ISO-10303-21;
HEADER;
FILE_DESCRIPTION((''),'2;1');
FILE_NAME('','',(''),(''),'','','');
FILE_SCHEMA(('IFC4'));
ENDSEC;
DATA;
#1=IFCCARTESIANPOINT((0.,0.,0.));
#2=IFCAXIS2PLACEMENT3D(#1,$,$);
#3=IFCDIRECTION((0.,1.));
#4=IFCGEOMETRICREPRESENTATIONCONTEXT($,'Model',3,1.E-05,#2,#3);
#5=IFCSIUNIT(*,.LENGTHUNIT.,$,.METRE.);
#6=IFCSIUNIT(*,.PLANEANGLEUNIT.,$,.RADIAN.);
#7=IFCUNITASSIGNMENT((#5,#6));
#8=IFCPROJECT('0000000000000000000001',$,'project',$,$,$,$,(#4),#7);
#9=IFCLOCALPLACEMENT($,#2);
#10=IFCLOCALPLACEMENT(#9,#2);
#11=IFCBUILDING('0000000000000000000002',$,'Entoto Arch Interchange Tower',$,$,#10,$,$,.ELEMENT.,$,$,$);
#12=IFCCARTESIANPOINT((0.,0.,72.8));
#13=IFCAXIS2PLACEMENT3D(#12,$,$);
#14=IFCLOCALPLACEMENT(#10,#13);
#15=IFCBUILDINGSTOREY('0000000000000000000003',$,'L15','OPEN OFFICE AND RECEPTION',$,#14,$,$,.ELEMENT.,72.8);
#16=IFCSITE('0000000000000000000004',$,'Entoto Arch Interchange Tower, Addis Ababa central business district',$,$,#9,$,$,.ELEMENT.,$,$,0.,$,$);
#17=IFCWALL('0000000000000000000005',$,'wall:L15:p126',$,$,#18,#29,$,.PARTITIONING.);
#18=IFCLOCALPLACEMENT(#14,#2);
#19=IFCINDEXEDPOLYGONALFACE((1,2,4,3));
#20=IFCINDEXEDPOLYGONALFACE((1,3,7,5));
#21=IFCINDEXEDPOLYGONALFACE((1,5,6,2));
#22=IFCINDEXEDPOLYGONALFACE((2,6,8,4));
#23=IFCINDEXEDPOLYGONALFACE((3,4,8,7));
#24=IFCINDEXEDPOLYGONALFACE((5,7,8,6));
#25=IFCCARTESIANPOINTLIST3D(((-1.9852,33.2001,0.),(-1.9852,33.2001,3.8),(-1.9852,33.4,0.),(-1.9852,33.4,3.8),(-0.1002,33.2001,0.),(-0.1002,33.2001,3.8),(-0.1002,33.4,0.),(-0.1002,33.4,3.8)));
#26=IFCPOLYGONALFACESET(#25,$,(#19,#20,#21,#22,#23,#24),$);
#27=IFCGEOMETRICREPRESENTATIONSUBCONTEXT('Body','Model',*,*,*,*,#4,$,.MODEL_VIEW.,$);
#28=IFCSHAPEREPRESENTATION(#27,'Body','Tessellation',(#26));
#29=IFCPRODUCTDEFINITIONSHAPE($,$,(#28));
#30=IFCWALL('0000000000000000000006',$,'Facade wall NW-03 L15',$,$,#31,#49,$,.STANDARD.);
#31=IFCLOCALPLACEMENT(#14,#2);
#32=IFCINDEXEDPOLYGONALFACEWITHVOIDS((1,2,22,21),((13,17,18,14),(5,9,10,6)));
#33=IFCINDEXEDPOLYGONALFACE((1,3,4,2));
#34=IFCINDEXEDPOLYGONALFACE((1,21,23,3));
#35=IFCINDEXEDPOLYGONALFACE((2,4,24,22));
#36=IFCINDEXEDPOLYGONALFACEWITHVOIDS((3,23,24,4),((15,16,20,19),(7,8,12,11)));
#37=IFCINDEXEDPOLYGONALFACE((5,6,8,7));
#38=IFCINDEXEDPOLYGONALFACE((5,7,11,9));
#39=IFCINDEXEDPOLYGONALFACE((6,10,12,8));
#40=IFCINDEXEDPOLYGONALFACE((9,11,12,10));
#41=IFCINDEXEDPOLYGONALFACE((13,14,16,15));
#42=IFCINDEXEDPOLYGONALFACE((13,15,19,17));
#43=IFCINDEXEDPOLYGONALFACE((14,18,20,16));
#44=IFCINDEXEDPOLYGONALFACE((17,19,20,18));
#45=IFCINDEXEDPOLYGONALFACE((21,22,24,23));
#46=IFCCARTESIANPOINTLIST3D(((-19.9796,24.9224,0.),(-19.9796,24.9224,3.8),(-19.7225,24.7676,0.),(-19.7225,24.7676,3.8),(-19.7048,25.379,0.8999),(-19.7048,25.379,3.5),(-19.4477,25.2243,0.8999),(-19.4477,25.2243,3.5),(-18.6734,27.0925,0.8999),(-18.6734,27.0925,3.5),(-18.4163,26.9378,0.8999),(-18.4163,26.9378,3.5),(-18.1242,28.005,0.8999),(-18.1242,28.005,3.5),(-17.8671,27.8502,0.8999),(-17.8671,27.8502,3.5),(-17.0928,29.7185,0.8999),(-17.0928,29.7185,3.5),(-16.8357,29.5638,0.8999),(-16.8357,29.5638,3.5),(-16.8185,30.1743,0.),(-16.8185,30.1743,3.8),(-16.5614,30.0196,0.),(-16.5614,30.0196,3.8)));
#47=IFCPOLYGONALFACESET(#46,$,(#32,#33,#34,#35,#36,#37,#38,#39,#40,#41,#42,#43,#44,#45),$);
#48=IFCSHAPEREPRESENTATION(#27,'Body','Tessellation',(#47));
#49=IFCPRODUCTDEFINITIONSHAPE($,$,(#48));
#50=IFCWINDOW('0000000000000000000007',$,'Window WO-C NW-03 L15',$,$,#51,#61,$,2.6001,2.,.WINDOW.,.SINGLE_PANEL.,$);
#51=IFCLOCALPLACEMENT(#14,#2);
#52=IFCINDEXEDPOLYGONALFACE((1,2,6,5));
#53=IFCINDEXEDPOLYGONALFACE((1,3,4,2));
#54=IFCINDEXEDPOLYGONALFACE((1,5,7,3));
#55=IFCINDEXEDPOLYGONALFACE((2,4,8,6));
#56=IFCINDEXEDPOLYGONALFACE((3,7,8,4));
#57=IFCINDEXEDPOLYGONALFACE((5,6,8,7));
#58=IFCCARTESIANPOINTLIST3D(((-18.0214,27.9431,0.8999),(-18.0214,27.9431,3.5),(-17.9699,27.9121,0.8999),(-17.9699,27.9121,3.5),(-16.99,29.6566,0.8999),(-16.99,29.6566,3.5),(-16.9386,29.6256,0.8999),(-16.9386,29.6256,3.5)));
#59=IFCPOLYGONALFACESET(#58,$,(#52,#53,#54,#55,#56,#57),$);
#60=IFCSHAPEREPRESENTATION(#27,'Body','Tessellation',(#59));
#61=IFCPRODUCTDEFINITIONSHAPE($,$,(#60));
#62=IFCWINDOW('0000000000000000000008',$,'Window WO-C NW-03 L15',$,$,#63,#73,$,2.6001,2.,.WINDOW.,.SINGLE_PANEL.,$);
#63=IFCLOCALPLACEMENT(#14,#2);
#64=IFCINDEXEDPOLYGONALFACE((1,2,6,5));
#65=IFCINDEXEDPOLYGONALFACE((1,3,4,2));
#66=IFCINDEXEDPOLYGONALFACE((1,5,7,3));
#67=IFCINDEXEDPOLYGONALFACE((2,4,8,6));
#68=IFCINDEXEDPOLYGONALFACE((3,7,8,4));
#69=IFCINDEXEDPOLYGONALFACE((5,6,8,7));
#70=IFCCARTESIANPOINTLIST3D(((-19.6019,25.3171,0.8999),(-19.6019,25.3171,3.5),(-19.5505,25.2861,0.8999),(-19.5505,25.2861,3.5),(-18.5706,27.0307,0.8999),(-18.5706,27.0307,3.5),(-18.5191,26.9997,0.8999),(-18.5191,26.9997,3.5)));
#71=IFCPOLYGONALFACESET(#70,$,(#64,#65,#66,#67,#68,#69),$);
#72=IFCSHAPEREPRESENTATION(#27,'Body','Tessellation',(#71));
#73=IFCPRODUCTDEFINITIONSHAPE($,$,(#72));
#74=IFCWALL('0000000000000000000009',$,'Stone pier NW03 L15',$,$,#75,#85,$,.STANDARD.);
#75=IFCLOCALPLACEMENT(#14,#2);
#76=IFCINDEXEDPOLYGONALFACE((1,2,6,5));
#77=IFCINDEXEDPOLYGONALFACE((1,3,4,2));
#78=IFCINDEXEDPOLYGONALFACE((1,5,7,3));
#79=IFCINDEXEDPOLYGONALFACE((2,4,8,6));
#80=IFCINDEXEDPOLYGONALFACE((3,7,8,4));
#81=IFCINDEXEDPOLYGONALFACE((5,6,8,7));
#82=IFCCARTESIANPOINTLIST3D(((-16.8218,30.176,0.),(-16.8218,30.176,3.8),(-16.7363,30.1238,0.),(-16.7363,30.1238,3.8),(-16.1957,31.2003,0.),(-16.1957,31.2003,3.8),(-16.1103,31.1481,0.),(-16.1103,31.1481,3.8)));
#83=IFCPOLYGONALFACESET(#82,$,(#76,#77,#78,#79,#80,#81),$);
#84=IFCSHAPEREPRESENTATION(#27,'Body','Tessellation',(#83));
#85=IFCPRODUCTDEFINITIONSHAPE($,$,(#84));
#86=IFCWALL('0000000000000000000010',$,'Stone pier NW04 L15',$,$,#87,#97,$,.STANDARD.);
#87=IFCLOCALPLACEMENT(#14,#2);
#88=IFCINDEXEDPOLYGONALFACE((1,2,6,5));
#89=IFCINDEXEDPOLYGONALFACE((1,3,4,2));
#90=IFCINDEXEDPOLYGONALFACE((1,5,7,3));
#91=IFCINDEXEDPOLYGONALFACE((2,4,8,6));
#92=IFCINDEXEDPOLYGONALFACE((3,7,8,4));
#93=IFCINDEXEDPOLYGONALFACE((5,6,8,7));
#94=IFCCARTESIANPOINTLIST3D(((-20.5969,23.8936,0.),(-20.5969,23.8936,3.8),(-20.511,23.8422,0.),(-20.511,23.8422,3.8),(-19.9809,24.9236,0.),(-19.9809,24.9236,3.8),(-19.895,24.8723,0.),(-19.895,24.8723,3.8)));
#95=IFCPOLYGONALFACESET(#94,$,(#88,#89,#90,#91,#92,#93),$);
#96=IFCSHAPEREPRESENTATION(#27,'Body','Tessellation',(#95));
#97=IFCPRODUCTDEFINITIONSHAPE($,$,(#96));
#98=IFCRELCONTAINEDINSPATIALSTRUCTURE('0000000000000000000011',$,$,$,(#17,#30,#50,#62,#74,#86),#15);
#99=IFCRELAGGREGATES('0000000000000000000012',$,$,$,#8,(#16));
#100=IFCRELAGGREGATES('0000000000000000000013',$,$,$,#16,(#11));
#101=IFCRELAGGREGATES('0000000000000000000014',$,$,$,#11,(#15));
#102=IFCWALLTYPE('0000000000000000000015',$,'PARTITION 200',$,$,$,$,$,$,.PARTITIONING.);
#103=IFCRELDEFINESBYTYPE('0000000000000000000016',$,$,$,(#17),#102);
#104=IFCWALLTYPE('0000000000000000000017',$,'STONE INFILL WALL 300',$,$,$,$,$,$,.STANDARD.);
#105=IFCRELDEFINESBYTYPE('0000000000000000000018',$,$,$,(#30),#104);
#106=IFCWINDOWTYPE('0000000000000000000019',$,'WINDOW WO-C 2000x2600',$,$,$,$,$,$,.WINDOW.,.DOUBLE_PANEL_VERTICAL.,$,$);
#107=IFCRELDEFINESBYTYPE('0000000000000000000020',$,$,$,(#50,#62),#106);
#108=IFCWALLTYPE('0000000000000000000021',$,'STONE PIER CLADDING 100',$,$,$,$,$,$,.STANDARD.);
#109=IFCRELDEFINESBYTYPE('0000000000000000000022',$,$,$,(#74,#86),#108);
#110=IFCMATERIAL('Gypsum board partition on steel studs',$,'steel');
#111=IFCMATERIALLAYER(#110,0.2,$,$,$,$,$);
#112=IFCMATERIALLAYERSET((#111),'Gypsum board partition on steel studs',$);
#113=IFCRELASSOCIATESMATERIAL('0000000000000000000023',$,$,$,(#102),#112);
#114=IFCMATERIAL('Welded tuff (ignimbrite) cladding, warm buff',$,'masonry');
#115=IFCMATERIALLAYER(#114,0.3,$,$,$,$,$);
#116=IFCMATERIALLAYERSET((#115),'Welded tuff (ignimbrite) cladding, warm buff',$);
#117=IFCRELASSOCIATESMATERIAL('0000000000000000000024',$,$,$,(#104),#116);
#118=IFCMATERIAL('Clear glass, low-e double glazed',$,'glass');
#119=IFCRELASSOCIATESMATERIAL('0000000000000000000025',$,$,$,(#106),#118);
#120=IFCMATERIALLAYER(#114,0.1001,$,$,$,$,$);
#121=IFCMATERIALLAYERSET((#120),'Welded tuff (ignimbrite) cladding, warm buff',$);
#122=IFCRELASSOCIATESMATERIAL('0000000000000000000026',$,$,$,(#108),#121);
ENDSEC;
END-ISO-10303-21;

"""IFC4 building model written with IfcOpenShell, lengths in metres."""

from ifc_helpers import new_model, si_unit, direction, frame, frame_2d, origin, place, context, subcontext, project, spatial, rectangle, extrude, material, layer, layer_set, type_object, element, fill, save


model = new_model("IFC4")

# Units and contexts
model_context = context("Model", 3, precision=1e-05, world=origin(), true_north=direction((0.0, 1.0)))
body_context = subcontext(model_context, "Body", "Model", "MODEL_VIEW")
ifc_project = project(units=[si_unit("LENGTHUNIT", "METRE"), si_unit("PLANEANGLEUNIT", "RADIAN")], contexts=[model_context])

# Site, building, storey
site_placement = place(None, origin())
site = spatial("IfcSite", under=ifc_project, at=site_placement, Name="Entoto Arch Interchange Tower, Addis Ababa central business district", CompositionType="ELEMENT", RefElevation=0.0)
building_placement = place(site_placement, origin())
building = spatial("IfcBuilding", under=site, at=building_placement, Name="Entoto Arch Interchange Tower", CompositionType="ELEMENT")
storey_placement = place(building_placement, frame((0.0, 0.0, 72.8)))
storey = spatial("IfcBuildingStorey", under=building, at=storey_placement, Name="L15", Description="OPEN OFFICE AND RECEPTION", CompositionType="ELEMENT", Elevation=72.8)

# Shared definitions
ifc_material_1 = material(Name="Gypsum board partition on steel studs", Category="steel")
ifc_layer_1 = layer(ifc_material_1, 0.2)
ifc_layer_set_1 = layer_set([ifc_layer_1], Name="Gypsum board partition on steel studs")
wall_type_1 = type_object("IfcWallType", Name="PARTITION 200", PredefinedType="PARTITIONING", material=ifc_layer_set_1)

# Wall
wall_1_placement = place(storey_placement, frame((-1.9851, 33.3, 0.0), z_axis=(0.0, 0.0, 1.0), x_axis=(1.0, 0.0, 0.0)))
element("IfcWall", 1, at=wall_1_placement, inside=storey, type_object=wall_type_1, Name="wall:L15:p126", PredefinedType="PARTITIONING", context=body_context, shape_type="SweptSolid", body=[
    extrude(rectangle(XDim=1.885, YDim=0.2, at=frame_2d((0.9424, 0.0))), origin(), (0.0, 0.0, 1.0), 3.8),
])

# Wall, openings, windows
ifc_material_2 = material(Name="Welded tuff (ignimbrite) cladding, warm buff", Category="masonry")
ifc_layer_2 = layer(ifc_material_2, 0.3)
ifc_layer_set_2 = layer_set([ifc_layer_2], Name="Welded tuff (ignimbrite) cladding, warm buff")
wall_type_2 = type_object("IfcWallType", Name="STONE INFILL WALL 300", PredefinedType="STANDARD", material=ifc_layer_set_2)
wall_2_placement = place(storey_placement, frame((-16.6899, 30.0969, 0.0), z_axis=(0.0, 0.0, 1.0), x_axis=(-0.51569, -0.856775, 0.0)))
wall_2 = element("IfcWall", 2, at=wall_2_placement, inside=storey, type_object=wall_type_2, Name="Facade wall NW-03 L15", PredefinedType="STANDARD", context=body_context, shape_type="SweptSolid", body=[
    extrude(rectangle(XDim=6.1299, YDim=0.3, at=frame_2d((3.0649, 0.0))), origin(), (0.0, 0.0, 1.0), 3.8),
])
opening_1_placement = place(wall_2_placement, frame((0.532, 0.0, 0.8999)))
opening_1 = element("IfcOpeningElement", 3, at=opening_1_placement, cuts=wall_2, PredefinedType="OPENING", context=body_context, shape_type="SweptSolid", body=[
    extrude(rectangle(XDim=2.0, YDim=2.6001, at=frame_2d((1.0, 1.3))), frame((0.0, 0.1602, 0.0), z_axis=(0.0, -1.0, 0.0), x_axis=(1.0, 0.0, 0.0)), (0.0, 0.0, 1.0), 0.3201),
])
opening_2_placement = place(wall_2_placement, frame((3.5969, 0.0, 0.8999)))
opening_2 = element("IfcOpeningElement", 4, at=opening_2_placement, cuts=wall_2, PredefinedType="OPENING", context=body_context, shape_type="SweptSolid", body=[
    extrude(rectangle(XDim=2.0, YDim=2.6001, at=frame_2d((1.0, 1.3))), frame((0.0, 0.1602, 0.0), z_axis=(0.0, -1.0, 0.0), x_axis=(1.0, 0.0, 0.0)), (0.0, 0.0, 1.0), 0.3201),
])
ifc_material_3 = material(Name="Clear glass, low-e double glazed", Category="glass")
window_type = type_object("IfcWindowType", Name="WINDOW WO-C 2000x2600", PartitioningType="DOUBLE_PANEL_VERTICAL", PredefinedType="WINDOW", material=ifc_material_3)
window_1_placement = place(opening_1_placement, origin())
window_1 = element("IfcWindow", 5, at=window_1_placement, inside=storey, type_object=window_type, Name="Window WO-C NW-03 L15", OverallHeight=2.6001, OverallWidth=2.0, PartitioningType="SINGLE_PANEL", PredefinedType="WINDOW", context=body_context, shape_type="SweptSolid", body=[
    extrude(rectangle(XDim=2.0, YDim=2.6001, at=frame_2d((1.0, 1.3))), frame((0.0, 0.03, 0.0), z_axis=(0.0, -1.0, 0.0), x_axis=(1.0, 0.0, 0.0)), (0.0, 0.0, 1.0), 0.0601),
])
fill(opening_1, window_1)
window_2_placement = place(opening_2_placement, origin())
window_2 = element("IfcWindow", 6, at=window_2_placement, inside=storey, type_object=window_type, Name="Window WO-C NW-03 L15", OverallHeight=2.6001, OverallWidth=2.0, PartitioningType="SINGLE_PANEL", PredefinedType="WINDOW", context=body_context, shape_type="SweptSolid", body=[
    extrude(rectangle(XDim=2.0, YDim=2.6001, at=frame_2d((1.0, 1.3))), frame((0.0, 0.03, 0.0), z_axis=(0.0, -1.0, 0.0), x_axis=(1.0, 0.0, 0.0)), (0.0, 0.0, 1.0), 0.0601),
])
fill(opening_2, window_2)

# Walls
ifc_layer_3 = layer(ifc_material_2, 0.1001)
ifc_layer_set_3 = layer_set([ifc_layer_3], Name="Welded tuff (ignimbrite) cladding, warm buff")
wall_type_3 = type_object("IfcWallType", Name="STONE PIER CLADDING 100", PredefinedType="STANDARD", material=ifc_layer_set_3)
wall_3_placement = place(storey_placement, frame((-16.1531, 31.1741, 0.0), z_axis=(0.0, 0.0, 1.0), x_axis=(-0.521508, -0.853247, 0.0)))
element("IfcWall", 7, at=wall_3_placement, inside=storey, type_object=wall_type_3, Name="Stone pier NW03 L15", PredefinedType="STANDARD", context=body_context, shape_type="SweptSolid", body=[
    extrude(rectangle(XDim=1.2004, YDim=0.1001, at=frame_2d((0.6001, 0.0))), origin(), (0.0, 0.0, 1.0), 3.8),
])
wall_4_placement = place(storey_placement, frame((-19.938, 24.8979, 0.0), z_axis=(0.0, 0.0, 1.0), x_axis=(-0.513239, -0.858246, 0.0)))
element("IfcWall", 8, at=wall_4_placement, inside=storey, type_object=wall_type_3, Name="Stone pier NW04 L15", PredefinedType="STANDARD", context=body_context, shape_type="SweptSolid", body=[
    extrude(rectangle(XDim=1.2002, YDim=0.1001, at=frame_2d((0.6001, 0.0))), origin(), (0.0, 0.0, 1.0), 3.8),
])

save(model, "model.ifc")
